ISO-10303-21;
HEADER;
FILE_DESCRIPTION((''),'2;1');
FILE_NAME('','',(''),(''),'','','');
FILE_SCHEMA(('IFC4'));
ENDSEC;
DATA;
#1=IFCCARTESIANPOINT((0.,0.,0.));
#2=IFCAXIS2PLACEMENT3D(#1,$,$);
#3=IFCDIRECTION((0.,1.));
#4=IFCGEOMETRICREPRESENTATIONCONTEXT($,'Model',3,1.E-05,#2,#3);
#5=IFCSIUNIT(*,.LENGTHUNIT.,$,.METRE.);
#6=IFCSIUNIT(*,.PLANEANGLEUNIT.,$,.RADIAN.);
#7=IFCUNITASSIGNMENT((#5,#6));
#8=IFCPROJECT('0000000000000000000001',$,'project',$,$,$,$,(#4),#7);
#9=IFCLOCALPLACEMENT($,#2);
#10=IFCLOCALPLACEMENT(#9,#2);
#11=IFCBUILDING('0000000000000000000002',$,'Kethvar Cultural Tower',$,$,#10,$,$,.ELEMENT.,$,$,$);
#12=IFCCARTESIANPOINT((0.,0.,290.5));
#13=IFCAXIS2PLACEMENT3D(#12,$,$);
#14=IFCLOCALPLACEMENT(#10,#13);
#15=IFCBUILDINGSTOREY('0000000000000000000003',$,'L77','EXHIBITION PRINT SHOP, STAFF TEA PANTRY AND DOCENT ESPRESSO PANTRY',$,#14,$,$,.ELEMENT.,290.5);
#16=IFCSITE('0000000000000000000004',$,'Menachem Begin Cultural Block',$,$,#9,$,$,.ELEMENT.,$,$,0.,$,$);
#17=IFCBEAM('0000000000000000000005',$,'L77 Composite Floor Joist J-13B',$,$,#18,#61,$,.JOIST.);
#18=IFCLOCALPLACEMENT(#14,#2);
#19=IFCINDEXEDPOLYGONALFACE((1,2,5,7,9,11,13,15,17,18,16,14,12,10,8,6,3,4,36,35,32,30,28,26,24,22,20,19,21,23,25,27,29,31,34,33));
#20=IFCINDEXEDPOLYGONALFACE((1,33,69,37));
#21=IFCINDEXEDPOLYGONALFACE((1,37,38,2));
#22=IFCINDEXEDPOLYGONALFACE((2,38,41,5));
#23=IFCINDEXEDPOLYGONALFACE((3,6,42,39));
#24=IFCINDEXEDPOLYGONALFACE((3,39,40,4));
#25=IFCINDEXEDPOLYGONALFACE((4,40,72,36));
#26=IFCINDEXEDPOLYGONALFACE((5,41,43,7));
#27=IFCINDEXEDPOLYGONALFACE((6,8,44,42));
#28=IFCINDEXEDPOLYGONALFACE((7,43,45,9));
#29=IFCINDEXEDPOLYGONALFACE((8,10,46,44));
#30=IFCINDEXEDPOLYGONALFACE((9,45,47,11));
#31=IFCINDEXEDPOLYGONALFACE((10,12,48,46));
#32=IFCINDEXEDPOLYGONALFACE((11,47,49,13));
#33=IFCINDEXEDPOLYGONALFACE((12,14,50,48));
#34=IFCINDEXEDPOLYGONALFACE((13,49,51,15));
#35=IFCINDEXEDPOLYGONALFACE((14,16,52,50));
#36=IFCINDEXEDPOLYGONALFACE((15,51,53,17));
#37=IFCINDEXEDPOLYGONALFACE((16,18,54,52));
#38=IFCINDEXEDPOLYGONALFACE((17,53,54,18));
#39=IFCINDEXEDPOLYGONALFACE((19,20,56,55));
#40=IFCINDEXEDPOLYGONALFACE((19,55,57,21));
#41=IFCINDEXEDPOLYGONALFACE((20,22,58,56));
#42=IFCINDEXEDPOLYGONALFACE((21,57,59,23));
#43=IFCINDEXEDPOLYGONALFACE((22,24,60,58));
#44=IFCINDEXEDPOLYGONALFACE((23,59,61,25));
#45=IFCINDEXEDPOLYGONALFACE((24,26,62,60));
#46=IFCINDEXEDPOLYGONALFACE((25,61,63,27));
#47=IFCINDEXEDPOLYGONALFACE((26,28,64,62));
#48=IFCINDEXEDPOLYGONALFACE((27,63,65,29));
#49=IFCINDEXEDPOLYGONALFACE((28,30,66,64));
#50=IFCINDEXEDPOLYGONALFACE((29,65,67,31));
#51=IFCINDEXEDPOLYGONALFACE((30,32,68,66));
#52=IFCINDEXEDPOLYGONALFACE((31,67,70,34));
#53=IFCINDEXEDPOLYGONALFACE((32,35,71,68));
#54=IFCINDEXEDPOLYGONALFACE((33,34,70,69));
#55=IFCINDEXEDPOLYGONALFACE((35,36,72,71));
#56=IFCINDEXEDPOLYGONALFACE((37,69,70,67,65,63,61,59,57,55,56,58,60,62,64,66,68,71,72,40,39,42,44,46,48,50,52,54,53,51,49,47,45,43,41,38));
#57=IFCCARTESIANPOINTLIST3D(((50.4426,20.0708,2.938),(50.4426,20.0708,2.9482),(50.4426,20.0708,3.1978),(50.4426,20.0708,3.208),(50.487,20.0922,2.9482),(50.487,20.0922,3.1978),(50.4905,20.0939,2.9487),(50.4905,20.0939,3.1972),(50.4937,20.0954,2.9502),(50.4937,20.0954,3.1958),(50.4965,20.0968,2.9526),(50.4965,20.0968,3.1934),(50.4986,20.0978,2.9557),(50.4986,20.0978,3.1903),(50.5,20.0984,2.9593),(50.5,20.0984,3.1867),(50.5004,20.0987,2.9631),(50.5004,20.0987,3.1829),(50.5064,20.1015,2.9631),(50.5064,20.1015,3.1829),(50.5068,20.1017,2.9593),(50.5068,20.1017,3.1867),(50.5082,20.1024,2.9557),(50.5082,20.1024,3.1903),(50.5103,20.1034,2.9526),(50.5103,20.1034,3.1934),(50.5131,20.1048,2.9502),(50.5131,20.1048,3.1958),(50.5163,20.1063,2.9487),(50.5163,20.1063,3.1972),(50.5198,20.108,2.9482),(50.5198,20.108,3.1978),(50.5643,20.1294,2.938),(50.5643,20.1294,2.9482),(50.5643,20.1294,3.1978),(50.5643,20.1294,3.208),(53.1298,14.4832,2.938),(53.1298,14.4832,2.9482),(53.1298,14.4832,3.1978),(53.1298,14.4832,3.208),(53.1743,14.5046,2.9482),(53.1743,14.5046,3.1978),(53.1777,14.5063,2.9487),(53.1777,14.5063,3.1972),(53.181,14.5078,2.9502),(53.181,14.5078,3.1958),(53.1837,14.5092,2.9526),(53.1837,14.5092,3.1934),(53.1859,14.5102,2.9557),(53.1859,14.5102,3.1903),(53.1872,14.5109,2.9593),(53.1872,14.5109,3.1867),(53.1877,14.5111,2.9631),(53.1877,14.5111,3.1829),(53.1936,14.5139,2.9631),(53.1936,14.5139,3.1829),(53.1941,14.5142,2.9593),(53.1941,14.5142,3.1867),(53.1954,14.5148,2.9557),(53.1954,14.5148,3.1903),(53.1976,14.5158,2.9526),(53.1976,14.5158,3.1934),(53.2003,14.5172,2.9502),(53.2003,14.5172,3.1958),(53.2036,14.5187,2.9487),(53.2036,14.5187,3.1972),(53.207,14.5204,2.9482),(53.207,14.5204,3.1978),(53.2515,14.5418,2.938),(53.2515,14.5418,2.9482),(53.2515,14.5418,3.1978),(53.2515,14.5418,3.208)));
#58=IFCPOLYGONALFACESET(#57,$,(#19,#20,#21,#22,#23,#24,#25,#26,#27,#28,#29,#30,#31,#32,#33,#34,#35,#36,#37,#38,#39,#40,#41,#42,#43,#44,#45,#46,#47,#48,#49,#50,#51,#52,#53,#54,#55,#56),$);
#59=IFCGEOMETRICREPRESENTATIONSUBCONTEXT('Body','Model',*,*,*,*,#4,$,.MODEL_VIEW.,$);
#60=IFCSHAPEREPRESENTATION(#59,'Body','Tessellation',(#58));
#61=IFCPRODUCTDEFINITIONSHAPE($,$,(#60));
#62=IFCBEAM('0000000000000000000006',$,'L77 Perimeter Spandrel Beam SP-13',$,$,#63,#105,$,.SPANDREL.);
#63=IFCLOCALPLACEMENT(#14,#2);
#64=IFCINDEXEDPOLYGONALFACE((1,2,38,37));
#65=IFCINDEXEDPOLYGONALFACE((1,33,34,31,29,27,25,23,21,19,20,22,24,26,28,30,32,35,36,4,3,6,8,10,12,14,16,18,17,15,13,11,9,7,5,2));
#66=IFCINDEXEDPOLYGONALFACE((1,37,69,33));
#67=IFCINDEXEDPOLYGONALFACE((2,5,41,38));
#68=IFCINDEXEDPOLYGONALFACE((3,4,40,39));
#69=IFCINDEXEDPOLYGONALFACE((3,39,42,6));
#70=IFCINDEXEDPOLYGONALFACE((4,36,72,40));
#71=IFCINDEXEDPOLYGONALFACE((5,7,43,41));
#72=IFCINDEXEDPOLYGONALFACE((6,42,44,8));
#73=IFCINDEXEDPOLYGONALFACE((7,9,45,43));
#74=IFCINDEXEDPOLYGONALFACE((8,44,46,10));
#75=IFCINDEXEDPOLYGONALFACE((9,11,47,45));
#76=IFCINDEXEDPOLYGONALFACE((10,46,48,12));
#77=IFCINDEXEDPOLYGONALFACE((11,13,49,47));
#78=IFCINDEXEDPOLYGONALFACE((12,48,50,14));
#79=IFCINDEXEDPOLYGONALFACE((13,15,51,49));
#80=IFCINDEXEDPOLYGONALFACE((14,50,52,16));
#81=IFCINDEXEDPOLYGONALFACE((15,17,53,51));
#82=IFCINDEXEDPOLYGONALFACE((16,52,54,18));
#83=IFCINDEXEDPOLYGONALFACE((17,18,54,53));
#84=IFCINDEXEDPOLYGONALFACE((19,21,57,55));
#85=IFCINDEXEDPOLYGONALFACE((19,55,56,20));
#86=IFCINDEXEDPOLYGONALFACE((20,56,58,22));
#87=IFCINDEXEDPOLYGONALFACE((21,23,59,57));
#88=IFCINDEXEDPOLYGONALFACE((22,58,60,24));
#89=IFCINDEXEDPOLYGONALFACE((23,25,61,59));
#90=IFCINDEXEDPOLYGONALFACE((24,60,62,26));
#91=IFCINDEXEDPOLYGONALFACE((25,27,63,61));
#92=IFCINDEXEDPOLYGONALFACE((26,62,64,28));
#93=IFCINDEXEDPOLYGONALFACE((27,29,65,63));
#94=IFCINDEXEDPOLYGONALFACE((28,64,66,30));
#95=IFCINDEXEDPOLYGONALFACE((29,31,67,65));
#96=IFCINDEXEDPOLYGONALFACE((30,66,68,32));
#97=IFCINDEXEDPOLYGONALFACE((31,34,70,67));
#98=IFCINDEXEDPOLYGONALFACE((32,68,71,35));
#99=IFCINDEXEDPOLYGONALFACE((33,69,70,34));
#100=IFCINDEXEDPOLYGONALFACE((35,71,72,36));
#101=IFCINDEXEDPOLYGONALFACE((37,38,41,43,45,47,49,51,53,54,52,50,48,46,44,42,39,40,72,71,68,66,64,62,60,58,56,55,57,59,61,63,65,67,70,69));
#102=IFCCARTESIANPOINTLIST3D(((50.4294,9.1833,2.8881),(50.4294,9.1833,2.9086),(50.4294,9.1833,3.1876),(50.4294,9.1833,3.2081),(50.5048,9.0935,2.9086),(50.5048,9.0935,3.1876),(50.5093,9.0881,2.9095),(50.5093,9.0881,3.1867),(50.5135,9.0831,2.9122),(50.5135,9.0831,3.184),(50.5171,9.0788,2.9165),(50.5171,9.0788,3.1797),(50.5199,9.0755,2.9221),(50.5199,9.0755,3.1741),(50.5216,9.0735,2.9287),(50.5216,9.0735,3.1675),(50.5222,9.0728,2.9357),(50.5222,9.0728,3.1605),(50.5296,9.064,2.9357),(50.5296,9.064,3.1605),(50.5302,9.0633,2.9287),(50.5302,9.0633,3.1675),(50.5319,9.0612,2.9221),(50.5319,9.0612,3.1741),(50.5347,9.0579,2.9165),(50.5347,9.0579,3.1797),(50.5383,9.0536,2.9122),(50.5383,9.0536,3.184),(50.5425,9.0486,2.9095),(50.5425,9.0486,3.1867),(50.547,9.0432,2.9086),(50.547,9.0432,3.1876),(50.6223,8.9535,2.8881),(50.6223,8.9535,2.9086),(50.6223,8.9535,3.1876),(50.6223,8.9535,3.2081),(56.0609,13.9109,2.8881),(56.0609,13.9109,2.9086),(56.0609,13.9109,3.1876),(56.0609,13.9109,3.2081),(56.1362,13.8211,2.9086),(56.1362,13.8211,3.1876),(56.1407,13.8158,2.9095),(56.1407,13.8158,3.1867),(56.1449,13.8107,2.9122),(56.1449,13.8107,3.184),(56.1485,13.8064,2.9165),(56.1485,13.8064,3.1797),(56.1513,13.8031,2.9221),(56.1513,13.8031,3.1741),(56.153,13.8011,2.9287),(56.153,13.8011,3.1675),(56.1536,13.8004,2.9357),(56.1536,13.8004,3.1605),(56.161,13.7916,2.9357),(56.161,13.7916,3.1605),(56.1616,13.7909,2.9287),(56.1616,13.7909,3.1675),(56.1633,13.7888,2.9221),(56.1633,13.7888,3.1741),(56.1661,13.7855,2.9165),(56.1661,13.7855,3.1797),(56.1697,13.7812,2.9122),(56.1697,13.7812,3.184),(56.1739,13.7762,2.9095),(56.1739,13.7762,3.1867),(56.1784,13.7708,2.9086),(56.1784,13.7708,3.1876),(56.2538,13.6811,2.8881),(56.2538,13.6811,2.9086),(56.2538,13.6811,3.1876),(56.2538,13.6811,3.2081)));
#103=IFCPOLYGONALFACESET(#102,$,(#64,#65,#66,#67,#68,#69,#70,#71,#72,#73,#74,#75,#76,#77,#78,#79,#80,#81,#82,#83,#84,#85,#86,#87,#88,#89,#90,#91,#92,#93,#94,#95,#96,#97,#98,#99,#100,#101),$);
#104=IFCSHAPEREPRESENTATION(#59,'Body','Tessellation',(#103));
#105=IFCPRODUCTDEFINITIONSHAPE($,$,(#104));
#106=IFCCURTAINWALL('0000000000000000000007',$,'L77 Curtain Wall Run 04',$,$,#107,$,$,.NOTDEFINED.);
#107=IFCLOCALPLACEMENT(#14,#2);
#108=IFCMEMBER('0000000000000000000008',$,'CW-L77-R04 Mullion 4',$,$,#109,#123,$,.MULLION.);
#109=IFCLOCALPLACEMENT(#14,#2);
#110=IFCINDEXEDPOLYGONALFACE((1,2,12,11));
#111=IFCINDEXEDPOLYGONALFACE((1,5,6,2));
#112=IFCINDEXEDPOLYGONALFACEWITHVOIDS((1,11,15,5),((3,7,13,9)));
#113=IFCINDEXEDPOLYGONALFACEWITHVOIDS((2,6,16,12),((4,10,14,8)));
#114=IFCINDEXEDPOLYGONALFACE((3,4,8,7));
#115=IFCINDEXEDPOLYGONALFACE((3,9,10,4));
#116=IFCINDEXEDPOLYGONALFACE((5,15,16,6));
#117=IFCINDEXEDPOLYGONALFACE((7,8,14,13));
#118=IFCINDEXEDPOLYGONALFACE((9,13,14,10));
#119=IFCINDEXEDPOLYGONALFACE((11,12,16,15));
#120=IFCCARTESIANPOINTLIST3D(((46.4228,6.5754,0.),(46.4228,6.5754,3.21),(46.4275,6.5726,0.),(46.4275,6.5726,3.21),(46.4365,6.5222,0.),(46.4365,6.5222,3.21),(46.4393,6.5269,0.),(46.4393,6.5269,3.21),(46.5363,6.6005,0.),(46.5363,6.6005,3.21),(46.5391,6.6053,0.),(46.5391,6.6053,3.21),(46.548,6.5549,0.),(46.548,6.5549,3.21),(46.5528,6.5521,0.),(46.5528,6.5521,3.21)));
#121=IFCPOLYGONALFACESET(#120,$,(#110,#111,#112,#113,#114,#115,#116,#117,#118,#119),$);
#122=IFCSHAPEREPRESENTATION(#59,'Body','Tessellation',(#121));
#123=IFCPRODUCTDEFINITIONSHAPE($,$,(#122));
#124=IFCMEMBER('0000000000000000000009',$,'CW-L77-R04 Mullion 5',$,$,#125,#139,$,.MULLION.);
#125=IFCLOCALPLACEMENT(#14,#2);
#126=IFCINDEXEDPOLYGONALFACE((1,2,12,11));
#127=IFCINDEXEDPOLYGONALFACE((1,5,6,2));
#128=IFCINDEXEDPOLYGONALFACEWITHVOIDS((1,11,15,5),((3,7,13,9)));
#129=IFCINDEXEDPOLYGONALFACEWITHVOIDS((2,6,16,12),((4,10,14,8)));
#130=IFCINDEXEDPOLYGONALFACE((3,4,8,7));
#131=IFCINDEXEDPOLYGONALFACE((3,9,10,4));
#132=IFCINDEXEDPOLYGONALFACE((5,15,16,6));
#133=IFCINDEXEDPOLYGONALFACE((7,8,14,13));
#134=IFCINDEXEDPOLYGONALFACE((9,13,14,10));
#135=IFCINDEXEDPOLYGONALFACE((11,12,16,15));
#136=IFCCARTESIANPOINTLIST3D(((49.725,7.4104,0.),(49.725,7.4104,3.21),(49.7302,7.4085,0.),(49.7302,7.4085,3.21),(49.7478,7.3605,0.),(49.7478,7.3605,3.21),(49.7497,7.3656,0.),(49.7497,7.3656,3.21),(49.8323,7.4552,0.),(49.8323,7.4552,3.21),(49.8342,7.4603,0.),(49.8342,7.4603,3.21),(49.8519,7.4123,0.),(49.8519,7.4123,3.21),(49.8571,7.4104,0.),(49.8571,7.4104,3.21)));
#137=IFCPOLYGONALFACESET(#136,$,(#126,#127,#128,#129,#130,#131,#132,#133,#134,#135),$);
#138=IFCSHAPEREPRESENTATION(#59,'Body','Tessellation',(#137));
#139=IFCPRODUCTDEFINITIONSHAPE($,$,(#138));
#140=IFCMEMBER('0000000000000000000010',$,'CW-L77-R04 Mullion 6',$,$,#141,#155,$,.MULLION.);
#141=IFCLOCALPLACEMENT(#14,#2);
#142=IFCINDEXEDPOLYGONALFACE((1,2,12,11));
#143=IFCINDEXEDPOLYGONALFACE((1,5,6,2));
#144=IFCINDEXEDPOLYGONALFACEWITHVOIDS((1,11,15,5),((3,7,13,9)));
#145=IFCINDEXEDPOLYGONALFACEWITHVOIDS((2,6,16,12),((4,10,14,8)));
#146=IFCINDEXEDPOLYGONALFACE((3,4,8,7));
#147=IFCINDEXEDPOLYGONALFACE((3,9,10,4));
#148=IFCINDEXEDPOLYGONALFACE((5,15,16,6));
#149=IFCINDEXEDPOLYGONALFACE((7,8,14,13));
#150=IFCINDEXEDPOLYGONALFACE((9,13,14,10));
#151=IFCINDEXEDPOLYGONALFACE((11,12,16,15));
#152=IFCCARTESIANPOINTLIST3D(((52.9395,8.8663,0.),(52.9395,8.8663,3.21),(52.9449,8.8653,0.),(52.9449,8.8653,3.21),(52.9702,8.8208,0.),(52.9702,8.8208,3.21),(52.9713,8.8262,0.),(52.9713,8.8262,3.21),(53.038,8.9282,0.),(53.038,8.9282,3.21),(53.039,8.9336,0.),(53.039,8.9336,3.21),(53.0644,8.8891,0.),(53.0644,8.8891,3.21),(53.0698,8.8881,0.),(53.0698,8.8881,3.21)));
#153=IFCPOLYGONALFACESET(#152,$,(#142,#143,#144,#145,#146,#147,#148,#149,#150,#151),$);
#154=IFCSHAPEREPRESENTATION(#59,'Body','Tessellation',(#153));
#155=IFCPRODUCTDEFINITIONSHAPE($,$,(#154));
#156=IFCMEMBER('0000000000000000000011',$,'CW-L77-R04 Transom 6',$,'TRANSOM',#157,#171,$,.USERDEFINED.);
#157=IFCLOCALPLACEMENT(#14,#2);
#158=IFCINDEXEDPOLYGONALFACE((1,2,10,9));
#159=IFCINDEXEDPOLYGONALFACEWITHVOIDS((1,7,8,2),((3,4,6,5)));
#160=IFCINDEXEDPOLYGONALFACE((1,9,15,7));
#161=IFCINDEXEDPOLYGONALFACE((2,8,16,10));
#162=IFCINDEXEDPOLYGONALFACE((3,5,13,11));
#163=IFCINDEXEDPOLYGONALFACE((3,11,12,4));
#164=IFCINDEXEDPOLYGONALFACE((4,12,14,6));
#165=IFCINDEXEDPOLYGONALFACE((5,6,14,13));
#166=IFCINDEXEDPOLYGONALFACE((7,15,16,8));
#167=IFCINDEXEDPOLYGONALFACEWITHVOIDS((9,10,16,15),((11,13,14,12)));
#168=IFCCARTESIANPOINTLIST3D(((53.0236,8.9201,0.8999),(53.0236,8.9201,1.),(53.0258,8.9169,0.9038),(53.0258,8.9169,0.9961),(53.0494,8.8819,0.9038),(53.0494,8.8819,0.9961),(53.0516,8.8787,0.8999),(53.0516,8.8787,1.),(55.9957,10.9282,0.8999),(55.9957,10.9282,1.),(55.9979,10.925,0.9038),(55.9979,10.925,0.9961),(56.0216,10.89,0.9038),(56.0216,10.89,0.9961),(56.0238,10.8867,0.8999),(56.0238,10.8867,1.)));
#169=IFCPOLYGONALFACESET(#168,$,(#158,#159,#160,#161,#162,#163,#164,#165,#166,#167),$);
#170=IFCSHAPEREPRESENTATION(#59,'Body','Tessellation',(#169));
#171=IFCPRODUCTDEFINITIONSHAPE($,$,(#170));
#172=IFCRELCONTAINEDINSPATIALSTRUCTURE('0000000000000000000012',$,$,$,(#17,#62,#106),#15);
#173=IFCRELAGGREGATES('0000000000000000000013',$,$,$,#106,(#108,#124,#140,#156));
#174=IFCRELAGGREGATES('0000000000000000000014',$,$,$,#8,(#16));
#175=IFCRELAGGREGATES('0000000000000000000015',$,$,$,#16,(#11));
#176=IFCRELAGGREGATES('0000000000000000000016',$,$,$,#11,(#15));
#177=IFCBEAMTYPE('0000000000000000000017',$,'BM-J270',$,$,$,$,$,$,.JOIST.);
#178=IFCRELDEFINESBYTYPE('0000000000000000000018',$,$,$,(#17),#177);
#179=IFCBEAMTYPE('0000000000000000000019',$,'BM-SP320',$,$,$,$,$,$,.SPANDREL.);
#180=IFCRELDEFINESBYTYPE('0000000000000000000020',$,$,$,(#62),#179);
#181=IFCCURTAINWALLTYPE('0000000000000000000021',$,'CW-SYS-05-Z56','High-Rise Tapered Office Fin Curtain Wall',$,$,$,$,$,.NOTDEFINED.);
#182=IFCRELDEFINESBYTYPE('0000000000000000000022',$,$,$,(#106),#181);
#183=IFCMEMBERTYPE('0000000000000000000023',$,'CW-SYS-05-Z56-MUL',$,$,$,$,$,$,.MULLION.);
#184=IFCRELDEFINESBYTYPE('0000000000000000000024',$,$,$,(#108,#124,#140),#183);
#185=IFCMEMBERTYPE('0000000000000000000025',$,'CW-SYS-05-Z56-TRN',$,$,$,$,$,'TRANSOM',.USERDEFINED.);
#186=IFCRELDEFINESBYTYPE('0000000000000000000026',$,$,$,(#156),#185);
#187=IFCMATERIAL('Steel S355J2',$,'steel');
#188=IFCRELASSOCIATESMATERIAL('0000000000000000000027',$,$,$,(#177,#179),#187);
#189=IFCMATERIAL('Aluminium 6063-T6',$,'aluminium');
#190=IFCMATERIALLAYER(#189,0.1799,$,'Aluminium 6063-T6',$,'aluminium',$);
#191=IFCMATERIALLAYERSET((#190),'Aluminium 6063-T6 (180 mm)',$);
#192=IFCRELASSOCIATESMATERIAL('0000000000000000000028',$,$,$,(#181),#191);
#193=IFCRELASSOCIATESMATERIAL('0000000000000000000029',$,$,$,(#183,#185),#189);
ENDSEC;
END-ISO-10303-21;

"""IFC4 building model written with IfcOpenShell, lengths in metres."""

from ifc_helpers import new_model, si_unit, direction, frame, origin, origin_2d, place, context, subcontext, project, spatial, hollow_rectangle, i_section, extrude, source, transform, mapped, material, layer, layer_set, material_profile, profile_set, type_object, element, aggregate, save


model = new_model("IFC4")

# Units and contexts
model_context = context("Model", 3, precision=1e-05, world=origin(), true_north=direction((0.0, 1.0)))
body_context = subcontext(model_context, "Body", "Model", "MODEL_VIEW")
ifc_project = project(units=[si_unit("LENGTHUNIT", "METRE"), si_unit("PLANEANGLEUNIT", "RADIAN")], contexts=[model_context])

# Site, building, storey
site_placement = place(None, origin())
site = spatial("IfcSite", under=ifc_project, at=site_placement, Name="Menachem Begin Cultural Block", CompositionType="ELEMENT", RefElevation=0.0)
building_placement = place(site_placement, origin())
building = spatial("IfcBuilding", under=site, at=building_placement, Name="Kethvar Cultural Tower", CompositionType="ELEMENT")
storey_placement = place(building_placement, frame((0.0, 0.0, 290.5)))
storey = spatial("IfcBuildingStorey", under=building, at=storey_placement, Name="L77", Description="EXHIBITION PRINT SHOP, STAFF TEA PANTRY AND DOCENT ESPRESSO PANTRY", CompositionType="ELEMENT", Elevation=290.5)

# Shared definitions
ifc_material_1 = material(Name="Steel S355J2", Category="steel")

# Beams
ifc_material_profile_1 = material_profile(ifc_material_1, i_section(OverallWidth=0.135, OverallDepth=0.27, WebThickness=0.0066, FlangeThickness=0.0103, FilletRadius=0.0149, at=origin_2d()), Name="Steel S355J2 — IPE270")
ifc_profile_set_1 = profile_set([ifc_material_profile_1], Name="Steel S355J2 — IPE270")
beam_type_1 = type_object("IfcBeamType", Name="BM-J270", PredefinedType="JOIST", material=ifc_profile_set_1)
shared_shape_1 = source(origin(), body_context, "Body", "SweptSolid", [
    extrude(i_section(OverallWidth=0.135, OverallDepth=0.27, WebThickness=0.0066, FlangeThickness=0.0103, FilletRadius=0.0149, at=origin_2d()), origin(), (0.0, 0.0, 1.0), 6.2002),
])
beam_1_placement = place(storey_placement, frame((50.5034, 20.1001, 3.073), z_axis=(0.433411, -0.901197, 0.0), x_axis=(0.901197, 0.433411, 0.0)))
element("IfcBeam", 1, at=beam_1_placement, inside=storey, type_object=beam_type_1, Name="L77 Composite Floor Joist J-13B", PredefinedType="JOIST", context=body_context, shape_type="MappedRepresentation", body=[
    mapped(shared_shape_1, transform((0.0, 0.0, 0.0), scale=1.0)),
])
ifc_material_profile_2 = material_profile(ifc_material_1, i_section(OverallWidth=0.3, OverallDepth=0.3201, WebThickness=0.0115, FlangeThickness=0.0205, FilletRadius=0.0271, at=origin_2d()), Name="Steel S355J2 — HEB320")
ifc_profile_set_2 = profile_set([ifc_material_profile_2], Name="Steel S355J2 — HEB320")
beam_type_2 = type_object("IfcBeamType", Name="BM-SP320", PredefinedType="SPANDREL", material=ifc_profile_set_2)
shared_shape_2 = source(origin(), body_context, "Body", "SweptSolid", [
    extrude(i_section(OverallWidth=0.3, OverallDepth=0.3201, WebThickness=0.0115, FlangeThickness=0.0205, FilletRadius=0.0271, at=origin_2d()), origin(), (0.0, 0.0, 1.0), 7.3528),
])
beam_2_placement = place(storey_placement, frame((50.5259, 9.0684, 3.0481), z_axis=(0.765892, 0.642969, 0.0), x_axis=(-0.642969, 0.765892, 0.0)))
element("IfcBeam", 2, at=beam_2_placement, inside=storey, type_object=beam_type_2, Name="L77 Perimeter Spandrel Beam SP-13", PredefinedType="SPANDREL", context=body_context, shape_type="MappedRepresentation", body=[
    mapped(shared_shape_2, transform((0.0, 0.0, 0.0), scale=1.0)),
])

# Curtain wall, members
ifc_material_2 = material(Name="Aluminium 6063-T6", Category="aluminium")
ifc_layer_1 = layer(ifc_material_2, 0.1799, Name="Aluminium 6063-T6", Category="aluminium")
ifc_layer_set_1 = layer_set([ifc_layer_1], Name="Aluminium 6063-T6 (180 mm)")
curtain_wall_type = type_object("IfcCurtainWallType", Name="CW-SYS-05-Z56", Description="High-Rise Tapered Office Fin Curtain Wall", PredefinedType="NOTDEFINED", material=ifc_layer_set_1)
curtain_wall_placement = place(storey_placement, origin())
curtain_wall = element("IfcCurtainWall", 3, at=curtain_wall_placement, inside=storey, type_object=curtain_wall_type, Name="L77 Curtain Wall Run 04", PredefinedType="NOTDEFINED")
ifc_material_profile_3 = material_profile(ifc_material_2, hollow_rectangle(XDim=0.0549, YDim=0.1201, WallThickness=0.0039, at=origin_2d()), Name="Aluminium 6063-T6 — RHS120x55x4")
ifc_profile_set_3 = profile_set([ifc_material_profile_3], Name="Aluminium 6063-T6 — RHS120x55x4")
member_type_1 = type_object("IfcMemberType", Name="CW-SYS-05-Z56-MUL", PredefinedType="MULLION", material=ifc_profile_set_3)
shared_shape_3 = source(origin(), body_context, "Body", "SweptSolid", [
    extrude(hollow_rectangle(XDim=0.0549, YDim=0.1201, WallThickness=0.0039, at=origin_2d()), origin(), (0.0, 0.0, 1.0), 3.21),
])
member_1_placement = place(storey_placement, frame((46.4878, 6.5637, 0.0), z_axis=(0.0, 0.0, 1.0), x_axis=(-0.248758, 0.968566, 0.0)))
member_1 = element("IfcMember", 4, at=member_1_placement, type_object=member_type_1, Name="CW-L77-R04 Mullion 4", PredefinedType="MULLION", context=body_context, shape_type="MappedRepresentation", body=[
    mapped(shared_shape_3, transform((0.0, 0.0, 0.0), scale=1.0)),
])
member_2_placement = place(storey_placement, frame((49.791, 7.4104, 0.0), z_axis=(0.0, 0.0, 1.0), x_axis=(-0.415567, 0.909563, 0.0)))
member_2 = element("IfcMember", 5, at=member_2_placement, type_object=member_type_1, Name="CW-L77-R04 Mullion 5", PredefinedType="MULLION", context=body_context, shape_type="MappedRepresentation", body=[
    mapped(shared_shape_3, transform((0.0, 0.0, 0.0), scale=1.0)),
])
member_3_placement = place(storey_placement, frame((53.0046, 8.8772, 0.0), z_axis=(0.0, 0.0, 1.0), x_axis=(-0.559829, 0.828608, 0.0)))
member_3 = element("IfcMember", 6, at=member_3_placement, type_object=member_type_1, Name="CW-L77-R04 Mullion 6", PredefinedType="MULLION", context=body_context, shape_type="MappedRepresentation", body=[
    mapped(shared_shape_3, transform((0.0, 0.0, 0.0), scale=1.0)),
])
ifc_material_profile_4 = material_profile(ifc_material_2, hollow_rectangle(XDim=0.05, YDim=0.1001, WallThickness=0.0039, at=origin_2d()), Name="Aluminium 6063-T6 — RHS100x50x4")
ifc_profile_set_4 = profile_set([ifc_material_profile_4], Name="Aluminium 6063-T6 — RHS100x50x4")
member_type_2 = type_object("IfcMemberType", Name="CW-SYS-05-Z56-TRN", ElementType="TRANSOM", PredefinedType="USERDEFINED", material=ifc_profile_set_4)
shared_shape_4 = source(origin(), body_context, "Body", "SweptSolid", [
    extrude(hollow_rectangle(XDim=0.05, YDim=0.1001, WallThickness=0.0039, at=origin_2d()), origin(), (0.0, 0.0, 1.0), 3.5869),
])
member_4_placement = place(storey_placement, frame((53.0376, 8.8994, 0.95), z_axis=(0.82861, 0.559826, 0.0), x_axis=(-0.559826, 0.82861, 0.0)))
member_4 = element("IfcMember", 7, at=member_4_placement, type_object=member_type_2, Name="CW-L77-R04 Transom 6", ObjectType="TRANSOM", PredefinedType="USERDEFINED", context=body_context, shape_type="MappedRepresentation", body=[
    mapped(shared_shape_4, transform((0.0, 0.0, 0.0), scale=1.0)),
])
aggregate(curtain_wall, [member_1, member_2, member_3, member_4])

save(model, "model.ifc")
